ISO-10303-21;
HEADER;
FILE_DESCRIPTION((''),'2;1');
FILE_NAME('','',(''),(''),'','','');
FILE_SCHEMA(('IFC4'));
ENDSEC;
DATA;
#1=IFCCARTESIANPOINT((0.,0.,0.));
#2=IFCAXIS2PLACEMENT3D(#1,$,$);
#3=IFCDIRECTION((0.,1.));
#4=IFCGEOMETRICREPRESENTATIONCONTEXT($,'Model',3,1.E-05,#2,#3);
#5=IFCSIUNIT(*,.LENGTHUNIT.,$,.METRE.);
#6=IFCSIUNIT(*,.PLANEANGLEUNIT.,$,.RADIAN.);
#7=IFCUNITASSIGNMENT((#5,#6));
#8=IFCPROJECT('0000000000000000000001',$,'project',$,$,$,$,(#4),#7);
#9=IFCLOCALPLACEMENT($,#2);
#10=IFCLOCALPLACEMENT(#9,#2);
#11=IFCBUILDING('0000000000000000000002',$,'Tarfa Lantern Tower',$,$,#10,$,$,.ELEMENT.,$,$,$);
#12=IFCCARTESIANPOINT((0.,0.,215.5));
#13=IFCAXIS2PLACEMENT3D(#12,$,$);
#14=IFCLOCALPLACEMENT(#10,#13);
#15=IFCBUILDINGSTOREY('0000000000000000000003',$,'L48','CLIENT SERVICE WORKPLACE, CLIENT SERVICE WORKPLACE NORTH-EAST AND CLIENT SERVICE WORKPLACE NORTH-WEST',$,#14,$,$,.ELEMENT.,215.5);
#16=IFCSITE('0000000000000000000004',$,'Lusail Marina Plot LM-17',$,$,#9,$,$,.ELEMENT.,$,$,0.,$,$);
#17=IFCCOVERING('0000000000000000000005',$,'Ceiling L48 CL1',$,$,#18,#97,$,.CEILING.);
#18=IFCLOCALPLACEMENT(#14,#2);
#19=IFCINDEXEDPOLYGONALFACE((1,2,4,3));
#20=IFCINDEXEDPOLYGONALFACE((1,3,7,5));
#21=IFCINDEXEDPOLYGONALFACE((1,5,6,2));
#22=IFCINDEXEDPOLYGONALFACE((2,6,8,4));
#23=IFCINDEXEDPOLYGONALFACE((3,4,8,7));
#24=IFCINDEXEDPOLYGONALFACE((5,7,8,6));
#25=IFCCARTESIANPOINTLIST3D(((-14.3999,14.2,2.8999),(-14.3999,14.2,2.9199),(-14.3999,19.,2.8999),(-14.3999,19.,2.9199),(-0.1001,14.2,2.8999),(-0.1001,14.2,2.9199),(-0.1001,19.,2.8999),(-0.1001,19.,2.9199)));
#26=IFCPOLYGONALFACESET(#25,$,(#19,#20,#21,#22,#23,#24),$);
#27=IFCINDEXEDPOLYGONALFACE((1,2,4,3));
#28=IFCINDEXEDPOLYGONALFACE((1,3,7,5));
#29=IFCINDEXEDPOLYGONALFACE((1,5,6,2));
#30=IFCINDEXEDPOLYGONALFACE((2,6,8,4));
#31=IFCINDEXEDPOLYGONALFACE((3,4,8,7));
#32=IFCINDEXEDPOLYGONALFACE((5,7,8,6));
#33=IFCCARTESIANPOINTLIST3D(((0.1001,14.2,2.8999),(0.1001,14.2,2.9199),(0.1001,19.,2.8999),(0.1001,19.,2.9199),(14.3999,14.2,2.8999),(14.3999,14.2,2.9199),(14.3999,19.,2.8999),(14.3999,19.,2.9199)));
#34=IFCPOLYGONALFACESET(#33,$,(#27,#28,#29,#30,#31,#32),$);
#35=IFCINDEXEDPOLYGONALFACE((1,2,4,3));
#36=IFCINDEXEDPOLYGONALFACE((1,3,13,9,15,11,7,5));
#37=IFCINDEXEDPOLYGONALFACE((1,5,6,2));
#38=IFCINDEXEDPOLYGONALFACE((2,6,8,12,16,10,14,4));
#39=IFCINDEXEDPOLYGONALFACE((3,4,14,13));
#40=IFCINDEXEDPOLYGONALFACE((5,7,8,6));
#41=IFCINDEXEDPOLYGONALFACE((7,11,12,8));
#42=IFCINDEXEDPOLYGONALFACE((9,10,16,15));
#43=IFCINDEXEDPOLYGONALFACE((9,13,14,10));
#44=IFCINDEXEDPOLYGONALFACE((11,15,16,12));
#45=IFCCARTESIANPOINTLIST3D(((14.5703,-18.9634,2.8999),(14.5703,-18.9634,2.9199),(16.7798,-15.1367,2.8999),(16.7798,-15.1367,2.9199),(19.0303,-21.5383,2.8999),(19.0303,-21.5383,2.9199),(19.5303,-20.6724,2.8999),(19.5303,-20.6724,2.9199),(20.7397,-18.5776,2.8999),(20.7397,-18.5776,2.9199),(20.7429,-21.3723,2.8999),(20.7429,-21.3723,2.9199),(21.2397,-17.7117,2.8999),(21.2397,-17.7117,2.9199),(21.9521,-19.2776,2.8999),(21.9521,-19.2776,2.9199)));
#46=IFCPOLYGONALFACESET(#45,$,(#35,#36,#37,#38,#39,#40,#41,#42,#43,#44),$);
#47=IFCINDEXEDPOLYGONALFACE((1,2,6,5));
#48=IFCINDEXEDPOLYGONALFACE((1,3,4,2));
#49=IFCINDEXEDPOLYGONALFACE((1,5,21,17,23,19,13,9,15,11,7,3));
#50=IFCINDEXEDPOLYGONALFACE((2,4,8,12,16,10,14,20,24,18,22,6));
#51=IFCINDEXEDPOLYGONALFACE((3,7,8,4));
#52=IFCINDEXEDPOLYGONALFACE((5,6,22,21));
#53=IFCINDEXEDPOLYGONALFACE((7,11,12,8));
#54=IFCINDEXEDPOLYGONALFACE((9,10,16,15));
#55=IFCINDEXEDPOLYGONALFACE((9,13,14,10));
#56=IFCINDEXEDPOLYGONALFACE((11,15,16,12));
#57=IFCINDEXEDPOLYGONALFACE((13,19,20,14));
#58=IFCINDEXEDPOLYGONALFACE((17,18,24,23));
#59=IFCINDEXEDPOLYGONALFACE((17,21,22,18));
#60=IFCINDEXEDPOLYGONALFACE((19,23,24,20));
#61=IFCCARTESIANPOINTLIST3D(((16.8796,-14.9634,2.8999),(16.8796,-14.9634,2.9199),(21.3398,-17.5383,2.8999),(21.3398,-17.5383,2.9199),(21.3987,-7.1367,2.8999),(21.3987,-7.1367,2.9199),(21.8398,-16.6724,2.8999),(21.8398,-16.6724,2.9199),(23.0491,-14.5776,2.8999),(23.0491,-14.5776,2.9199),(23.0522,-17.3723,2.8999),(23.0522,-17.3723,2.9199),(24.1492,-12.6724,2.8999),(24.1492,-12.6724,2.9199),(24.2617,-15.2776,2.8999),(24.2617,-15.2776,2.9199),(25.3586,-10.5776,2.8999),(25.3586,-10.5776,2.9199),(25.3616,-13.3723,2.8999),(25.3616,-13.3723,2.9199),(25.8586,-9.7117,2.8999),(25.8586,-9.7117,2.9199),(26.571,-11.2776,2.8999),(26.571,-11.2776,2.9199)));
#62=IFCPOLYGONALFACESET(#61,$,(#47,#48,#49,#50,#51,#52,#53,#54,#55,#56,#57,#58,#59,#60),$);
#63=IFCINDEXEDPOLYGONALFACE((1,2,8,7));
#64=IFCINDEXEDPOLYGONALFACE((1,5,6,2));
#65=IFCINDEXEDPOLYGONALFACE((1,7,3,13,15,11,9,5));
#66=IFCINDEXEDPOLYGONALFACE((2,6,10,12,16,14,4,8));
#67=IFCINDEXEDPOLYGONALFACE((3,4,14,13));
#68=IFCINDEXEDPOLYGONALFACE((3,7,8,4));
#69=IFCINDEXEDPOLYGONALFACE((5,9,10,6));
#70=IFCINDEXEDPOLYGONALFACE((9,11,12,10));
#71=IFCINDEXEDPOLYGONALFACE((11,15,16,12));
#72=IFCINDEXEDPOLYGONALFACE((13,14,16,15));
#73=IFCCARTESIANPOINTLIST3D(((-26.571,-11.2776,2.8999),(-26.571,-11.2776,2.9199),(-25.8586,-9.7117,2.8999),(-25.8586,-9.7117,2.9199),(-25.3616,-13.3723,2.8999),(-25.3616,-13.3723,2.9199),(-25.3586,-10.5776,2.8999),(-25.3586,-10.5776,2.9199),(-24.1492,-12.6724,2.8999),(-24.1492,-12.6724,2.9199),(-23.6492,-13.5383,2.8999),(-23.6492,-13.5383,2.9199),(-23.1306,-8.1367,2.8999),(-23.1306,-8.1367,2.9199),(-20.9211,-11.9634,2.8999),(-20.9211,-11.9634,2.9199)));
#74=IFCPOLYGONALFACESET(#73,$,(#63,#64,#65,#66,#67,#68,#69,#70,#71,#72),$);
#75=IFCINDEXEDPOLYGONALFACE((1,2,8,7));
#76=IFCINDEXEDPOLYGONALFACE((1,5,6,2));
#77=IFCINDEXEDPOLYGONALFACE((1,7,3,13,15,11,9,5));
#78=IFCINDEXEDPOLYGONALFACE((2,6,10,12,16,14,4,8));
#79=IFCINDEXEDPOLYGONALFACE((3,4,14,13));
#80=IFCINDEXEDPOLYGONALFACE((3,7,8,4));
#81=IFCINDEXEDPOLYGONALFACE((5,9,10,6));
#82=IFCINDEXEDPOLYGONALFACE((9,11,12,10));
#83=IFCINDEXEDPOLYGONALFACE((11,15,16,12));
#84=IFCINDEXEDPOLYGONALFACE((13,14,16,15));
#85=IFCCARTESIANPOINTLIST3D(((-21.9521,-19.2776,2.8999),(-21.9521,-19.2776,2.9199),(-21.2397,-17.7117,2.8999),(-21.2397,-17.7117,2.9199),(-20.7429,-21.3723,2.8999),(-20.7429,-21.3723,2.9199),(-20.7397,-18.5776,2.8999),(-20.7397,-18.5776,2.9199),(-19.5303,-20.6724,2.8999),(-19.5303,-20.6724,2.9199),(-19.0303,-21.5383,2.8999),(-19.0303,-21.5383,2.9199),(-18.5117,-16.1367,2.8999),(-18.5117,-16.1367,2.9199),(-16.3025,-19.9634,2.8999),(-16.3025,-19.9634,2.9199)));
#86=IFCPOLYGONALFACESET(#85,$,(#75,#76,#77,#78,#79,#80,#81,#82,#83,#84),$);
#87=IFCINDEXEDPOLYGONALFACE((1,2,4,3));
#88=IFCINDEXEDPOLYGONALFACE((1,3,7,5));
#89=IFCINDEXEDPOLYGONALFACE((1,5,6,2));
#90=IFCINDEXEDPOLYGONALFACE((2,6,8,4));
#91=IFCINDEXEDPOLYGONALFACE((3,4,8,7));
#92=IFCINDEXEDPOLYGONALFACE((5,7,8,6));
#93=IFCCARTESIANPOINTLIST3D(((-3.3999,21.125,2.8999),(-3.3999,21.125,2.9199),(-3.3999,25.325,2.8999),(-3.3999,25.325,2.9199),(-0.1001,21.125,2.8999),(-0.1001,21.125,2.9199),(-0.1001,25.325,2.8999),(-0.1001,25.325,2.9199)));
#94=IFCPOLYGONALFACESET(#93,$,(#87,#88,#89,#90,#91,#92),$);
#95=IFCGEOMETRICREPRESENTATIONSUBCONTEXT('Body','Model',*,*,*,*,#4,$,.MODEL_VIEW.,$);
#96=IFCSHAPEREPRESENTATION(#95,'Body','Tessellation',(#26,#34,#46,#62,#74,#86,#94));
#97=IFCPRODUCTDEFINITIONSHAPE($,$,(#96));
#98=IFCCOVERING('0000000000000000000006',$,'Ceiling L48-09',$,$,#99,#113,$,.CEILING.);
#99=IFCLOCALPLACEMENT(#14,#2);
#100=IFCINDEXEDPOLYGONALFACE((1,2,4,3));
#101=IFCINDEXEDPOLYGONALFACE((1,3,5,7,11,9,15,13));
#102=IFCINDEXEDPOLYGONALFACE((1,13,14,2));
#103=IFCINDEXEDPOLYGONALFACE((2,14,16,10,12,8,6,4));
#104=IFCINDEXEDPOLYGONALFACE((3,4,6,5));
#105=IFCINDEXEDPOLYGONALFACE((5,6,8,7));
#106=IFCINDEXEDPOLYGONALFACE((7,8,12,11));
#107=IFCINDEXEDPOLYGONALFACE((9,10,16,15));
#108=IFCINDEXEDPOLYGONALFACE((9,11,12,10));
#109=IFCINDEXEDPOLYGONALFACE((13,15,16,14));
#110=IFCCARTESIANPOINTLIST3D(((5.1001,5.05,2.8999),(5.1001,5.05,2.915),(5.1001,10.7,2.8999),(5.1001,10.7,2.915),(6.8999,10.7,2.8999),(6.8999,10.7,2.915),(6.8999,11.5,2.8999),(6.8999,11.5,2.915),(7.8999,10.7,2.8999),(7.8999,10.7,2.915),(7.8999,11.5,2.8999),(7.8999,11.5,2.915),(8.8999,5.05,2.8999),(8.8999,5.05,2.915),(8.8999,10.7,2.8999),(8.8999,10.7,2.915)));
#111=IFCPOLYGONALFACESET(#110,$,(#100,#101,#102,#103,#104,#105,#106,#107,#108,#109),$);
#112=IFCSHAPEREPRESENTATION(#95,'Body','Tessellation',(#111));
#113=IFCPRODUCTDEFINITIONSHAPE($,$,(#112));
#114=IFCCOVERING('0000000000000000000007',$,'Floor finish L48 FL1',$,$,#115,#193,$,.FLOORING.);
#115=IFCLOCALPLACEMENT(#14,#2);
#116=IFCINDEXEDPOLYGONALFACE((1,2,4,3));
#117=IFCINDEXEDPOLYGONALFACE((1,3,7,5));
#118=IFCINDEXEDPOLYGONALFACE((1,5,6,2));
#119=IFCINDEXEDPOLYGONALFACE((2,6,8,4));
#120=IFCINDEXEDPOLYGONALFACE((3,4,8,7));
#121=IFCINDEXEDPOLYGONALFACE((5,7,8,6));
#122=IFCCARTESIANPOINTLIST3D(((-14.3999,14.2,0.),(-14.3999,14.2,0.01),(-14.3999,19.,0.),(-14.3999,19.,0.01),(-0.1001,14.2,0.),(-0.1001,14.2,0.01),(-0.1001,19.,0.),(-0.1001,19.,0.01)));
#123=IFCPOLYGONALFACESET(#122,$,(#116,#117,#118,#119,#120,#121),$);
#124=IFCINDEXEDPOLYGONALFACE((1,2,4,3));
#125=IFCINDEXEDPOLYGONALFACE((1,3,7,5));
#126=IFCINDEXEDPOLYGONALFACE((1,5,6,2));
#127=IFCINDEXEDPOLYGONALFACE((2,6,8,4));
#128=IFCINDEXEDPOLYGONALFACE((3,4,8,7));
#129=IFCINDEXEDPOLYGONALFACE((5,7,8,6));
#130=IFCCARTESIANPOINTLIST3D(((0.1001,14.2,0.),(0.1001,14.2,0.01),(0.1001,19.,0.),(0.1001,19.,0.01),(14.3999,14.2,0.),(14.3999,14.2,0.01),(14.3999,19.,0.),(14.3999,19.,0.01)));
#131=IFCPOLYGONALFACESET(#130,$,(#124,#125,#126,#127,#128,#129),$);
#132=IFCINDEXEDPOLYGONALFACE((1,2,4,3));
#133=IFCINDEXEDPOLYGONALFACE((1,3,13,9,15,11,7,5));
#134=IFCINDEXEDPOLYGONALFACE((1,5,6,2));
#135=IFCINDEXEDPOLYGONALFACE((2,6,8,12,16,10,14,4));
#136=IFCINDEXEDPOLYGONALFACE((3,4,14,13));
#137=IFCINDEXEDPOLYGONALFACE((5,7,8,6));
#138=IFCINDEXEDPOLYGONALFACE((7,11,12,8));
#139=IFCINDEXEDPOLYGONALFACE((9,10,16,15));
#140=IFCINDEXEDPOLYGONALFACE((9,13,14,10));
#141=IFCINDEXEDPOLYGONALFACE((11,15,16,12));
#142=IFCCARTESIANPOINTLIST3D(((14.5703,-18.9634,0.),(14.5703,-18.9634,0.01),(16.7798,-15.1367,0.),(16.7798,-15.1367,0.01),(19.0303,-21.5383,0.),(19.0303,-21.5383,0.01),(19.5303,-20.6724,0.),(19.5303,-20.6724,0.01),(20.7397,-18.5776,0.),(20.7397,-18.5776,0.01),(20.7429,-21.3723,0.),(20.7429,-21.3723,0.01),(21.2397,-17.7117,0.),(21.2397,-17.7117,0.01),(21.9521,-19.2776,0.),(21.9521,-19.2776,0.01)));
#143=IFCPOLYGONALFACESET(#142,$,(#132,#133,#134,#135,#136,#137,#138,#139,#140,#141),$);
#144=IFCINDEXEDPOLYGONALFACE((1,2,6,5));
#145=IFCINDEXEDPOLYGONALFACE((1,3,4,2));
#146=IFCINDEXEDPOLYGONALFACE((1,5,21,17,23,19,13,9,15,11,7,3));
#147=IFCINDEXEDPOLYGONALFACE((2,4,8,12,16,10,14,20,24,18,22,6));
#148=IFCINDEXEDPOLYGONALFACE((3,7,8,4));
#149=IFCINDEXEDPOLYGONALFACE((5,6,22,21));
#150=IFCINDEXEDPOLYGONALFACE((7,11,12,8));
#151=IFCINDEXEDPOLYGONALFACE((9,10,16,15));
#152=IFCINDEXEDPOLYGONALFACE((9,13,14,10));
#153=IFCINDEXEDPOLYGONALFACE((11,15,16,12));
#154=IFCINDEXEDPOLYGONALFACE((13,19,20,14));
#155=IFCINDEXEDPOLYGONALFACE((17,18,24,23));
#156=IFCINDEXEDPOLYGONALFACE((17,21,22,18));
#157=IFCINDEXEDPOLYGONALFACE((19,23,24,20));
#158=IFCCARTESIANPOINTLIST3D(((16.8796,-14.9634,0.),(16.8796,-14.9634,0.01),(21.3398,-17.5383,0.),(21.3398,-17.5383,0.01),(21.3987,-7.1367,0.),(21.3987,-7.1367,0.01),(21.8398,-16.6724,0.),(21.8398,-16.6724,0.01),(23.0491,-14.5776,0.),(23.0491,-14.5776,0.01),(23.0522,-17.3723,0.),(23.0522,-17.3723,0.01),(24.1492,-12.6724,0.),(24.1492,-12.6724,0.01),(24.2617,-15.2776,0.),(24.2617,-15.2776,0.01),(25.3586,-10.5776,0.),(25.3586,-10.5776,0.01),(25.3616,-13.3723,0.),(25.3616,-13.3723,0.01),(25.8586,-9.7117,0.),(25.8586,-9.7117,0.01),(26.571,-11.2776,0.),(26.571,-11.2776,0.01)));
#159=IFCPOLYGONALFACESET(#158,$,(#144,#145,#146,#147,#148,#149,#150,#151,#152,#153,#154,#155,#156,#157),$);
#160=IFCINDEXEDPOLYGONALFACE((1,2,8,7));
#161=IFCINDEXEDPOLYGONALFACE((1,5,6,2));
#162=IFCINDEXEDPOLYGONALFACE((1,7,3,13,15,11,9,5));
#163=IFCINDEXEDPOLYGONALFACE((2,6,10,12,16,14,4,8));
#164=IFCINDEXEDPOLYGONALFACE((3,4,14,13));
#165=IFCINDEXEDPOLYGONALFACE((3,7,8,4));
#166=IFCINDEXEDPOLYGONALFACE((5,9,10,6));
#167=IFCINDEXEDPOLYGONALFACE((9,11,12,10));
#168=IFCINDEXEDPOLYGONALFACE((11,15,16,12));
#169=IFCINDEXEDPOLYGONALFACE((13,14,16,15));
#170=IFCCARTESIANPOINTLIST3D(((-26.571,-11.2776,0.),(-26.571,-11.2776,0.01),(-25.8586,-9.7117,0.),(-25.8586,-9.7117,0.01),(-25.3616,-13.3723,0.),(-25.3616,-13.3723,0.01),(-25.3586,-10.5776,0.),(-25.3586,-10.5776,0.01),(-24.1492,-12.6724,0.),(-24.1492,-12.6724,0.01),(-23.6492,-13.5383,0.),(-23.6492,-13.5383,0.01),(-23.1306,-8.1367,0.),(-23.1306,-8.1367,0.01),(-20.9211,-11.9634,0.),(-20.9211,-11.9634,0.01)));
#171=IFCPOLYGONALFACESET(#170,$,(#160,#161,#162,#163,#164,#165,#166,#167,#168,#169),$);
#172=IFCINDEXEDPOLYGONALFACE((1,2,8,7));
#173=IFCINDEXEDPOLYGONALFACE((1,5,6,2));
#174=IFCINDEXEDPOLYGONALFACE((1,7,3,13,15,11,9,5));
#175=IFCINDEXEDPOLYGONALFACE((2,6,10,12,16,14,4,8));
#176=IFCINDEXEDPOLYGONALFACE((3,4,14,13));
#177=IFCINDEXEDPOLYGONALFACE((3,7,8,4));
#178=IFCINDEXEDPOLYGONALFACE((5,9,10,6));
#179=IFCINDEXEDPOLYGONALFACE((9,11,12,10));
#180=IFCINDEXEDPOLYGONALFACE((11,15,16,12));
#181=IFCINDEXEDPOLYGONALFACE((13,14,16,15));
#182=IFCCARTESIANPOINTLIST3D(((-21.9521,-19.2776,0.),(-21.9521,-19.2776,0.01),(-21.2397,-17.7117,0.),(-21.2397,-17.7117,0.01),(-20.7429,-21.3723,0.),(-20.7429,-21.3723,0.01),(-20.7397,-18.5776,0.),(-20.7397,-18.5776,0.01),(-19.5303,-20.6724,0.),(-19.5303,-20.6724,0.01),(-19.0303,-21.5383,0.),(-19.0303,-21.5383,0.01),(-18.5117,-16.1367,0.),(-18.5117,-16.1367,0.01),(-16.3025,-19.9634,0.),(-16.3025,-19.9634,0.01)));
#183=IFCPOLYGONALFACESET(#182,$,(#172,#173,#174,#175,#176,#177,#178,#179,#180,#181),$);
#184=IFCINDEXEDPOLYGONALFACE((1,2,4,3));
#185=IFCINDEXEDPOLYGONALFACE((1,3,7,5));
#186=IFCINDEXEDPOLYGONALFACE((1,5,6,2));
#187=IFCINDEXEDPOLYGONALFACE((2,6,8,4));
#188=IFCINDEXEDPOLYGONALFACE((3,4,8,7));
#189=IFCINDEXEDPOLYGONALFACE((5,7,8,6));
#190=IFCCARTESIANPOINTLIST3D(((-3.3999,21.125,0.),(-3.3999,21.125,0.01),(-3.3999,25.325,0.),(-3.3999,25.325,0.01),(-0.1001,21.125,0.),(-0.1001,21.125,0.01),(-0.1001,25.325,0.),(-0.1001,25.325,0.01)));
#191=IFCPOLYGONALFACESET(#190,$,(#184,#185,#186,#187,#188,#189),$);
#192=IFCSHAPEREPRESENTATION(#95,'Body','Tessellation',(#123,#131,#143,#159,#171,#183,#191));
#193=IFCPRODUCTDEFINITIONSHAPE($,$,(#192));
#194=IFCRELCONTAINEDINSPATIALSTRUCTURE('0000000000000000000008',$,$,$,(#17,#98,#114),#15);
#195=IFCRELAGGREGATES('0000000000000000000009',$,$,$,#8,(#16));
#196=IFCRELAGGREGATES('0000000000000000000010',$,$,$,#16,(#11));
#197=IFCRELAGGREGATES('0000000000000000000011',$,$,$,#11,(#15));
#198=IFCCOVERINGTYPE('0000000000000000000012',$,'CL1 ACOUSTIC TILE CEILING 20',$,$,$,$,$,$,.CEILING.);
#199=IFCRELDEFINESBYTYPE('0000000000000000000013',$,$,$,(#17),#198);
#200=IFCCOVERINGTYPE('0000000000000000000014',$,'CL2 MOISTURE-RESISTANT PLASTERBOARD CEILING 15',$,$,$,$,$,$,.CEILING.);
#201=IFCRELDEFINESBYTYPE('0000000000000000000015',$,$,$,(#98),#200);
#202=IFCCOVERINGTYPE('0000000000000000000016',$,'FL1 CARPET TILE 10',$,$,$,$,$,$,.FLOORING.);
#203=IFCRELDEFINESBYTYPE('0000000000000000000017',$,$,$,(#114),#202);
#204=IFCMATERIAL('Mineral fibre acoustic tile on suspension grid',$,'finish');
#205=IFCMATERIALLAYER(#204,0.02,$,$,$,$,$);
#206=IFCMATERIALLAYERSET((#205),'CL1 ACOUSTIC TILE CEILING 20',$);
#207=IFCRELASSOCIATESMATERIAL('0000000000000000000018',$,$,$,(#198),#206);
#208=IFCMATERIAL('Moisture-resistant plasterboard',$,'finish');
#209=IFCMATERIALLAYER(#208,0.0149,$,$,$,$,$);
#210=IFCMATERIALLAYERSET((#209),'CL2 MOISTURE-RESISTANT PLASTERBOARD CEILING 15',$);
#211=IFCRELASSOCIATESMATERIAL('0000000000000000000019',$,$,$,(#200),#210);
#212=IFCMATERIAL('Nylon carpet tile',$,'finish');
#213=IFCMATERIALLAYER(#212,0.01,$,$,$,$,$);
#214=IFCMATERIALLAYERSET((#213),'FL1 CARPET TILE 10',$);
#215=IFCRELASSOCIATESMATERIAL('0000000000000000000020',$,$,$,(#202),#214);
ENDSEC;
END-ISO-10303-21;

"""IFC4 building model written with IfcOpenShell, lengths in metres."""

from ifc_helpers import new_model, si_unit, direction, frame, origin, place, context, subcontext, project, spatial, polyline, outline, extrude, material, layer, layer_set, type_object, element, save


model = new_model("IFC4")

# Units and contexts
model_context = context("Model", 3, precision=1e-05, world=origin(), true_north=direction((0.0, 1.0)))
body_context = subcontext(model_context, "Body", "Model", "MODEL_VIEW")
ifc_project = project(units=[si_unit("LENGTHUNIT", "METRE"), si_unit("PLANEANGLEUNIT", "RADIAN")], contexts=[model_context])

# Site, building, storey
site_placement = place(None, origin())
site = spatial("IfcSite", under=ifc_project, at=site_placement, Name="Lusail Marina Plot LM-17", CompositionType="ELEMENT", RefElevation=0.0)
building_placement = place(site_placement, origin())
building = spatial("IfcBuilding", under=site, at=building_placement, Name="Tarfa Lantern Tower", CompositionType="ELEMENT")
storey_placement = place(building_placement, frame((0.0, 0.0, 215.5)))
storey = spatial("IfcBuildingStorey", under=building, at=storey_placement, Name="L48", Description="CLIENT SERVICE WORKPLACE, CLIENT SERVICE WORKPLACE NORTH-EAST AND CLIENT SERVICE WORKPLACE NORTH-WEST", CompositionType="ELEMENT", Elevation=215.5)

# Coverings
ifc_material_1 = material(Name="Mineral fibre acoustic tile on suspension grid", Category="finish")
ifc_layer_1 = layer(ifc_material_1, 0.02)
ifc_layer_set_1 = layer_set([ifc_layer_1], Name="CL1 ACOUSTIC TILE CEILING 20")
covering_type_1 = type_object("IfcCoveringType", Name="CL1 ACOUSTIC TILE CEILING 20", PredefinedType="CEILING", material=ifc_layer_set_1)
covering_1_placement = place(storey_placement, frame((0.0, 0.0, 2.8999)))
element("IfcCovering", 1, at=covering_1_placement, inside=storey, type_object=covering_type_1, Name="Ceiling L48 CL1", PredefinedType="CEILING", context=body_context, shape_type="SweptSolid", body=[
    extrude(outline(polyline([(-14.3999, 19.0), (-0.1001, 19.0), (-0.1001, 14.2), (-14.3999, 14.2), (-14.3999, 19.0)])), origin(), (0.0, 0.0, 1.0), 0.02),
    extrude(outline(polyline([(0.1001, 19.0), (14.3999, 19.0), (14.3999, 14.2), (0.1001, 14.2), (0.1001, 19.0)])), origin(), (0.0, 0.0, 1.0), 0.02),
    extrude(outline(polyline([(16.7798, -15.1367), (21.2397, -17.7117), (20.7397, -18.5776), (21.9521, -19.2776), (20.7429, -21.3723), (19.5303, -20.6724), (19.0303, -21.5383), (14.5703, -18.9634), (16.7798, -15.1367)])), origin(), (0.0, 0.0, 1.0), 0.02),
    extrude(outline(polyline([(21.3987, -7.1367), (25.8586, -9.7117), (25.3586, -10.5776), (26.571, -11.2776), (25.3616, -13.3723), (24.1492, -12.6724), (23.0491, -14.5776), (24.2617, -15.2776), (23.0522, -17.3723), (21.8398, -16.6724), (21.3398, -17.5383), (16.8796, -14.9634), (21.3987, -7.1367)])), origin(), (0.0, 0.0, 1.0), 0.02),
    extrude(outline(polyline([(-20.9211, -11.9634), (-23.6492, -13.5383), (-24.1492, -12.6724), (-25.3616, -13.3723), (-26.571, -11.2776), (-25.3586, -10.5776), (-25.8586, -9.7117), (-23.1306, -8.1367), (-20.9211, -11.9634)])), origin(), (0.0, 0.0, 1.0), 0.02),
    extrude(outline(polyline([(-16.3025, -19.9634), (-19.0303, -21.5383), (-19.5303, -20.6724), (-20.7429, -21.3723), (-21.9521, -19.2776), (-20.7397, -18.5776), (-21.2397, -17.7117), (-18.5117, -16.1367), (-16.3025, -19.9634)])), origin(), (0.0, 0.0, 1.0), 0.02),
    extrude(outline(polyline([(-3.3999, 25.325), (-0.1001, 25.325), (-0.1001, 21.125), (-3.3999, 21.125), (-3.3999, 25.325)])), origin(), (0.0, 0.0, 1.0), 0.02),
])
ifc_material_2 = material(Name="Moisture-resistant plasterboard", Category="finish")
ifc_layer_2 = layer(ifc_material_2, 0.0149)
ifc_layer_set_2 = layer_set([ifc_layer_2], Name="CL2 MOISTURE-RESISTANT PLASTERBOARD CEILING 15")
covering_type_2 = type_object("IfcCoveringType", Name="CL2 MOISTURE-RESISTANT PLASTERBOARD CEILING 15", PredefinedType="CEILING", material=ifc_layer_set_2)
covering_2_placement = place(storey_placement, frame((0.0, 0.0, 2.8999)))
element("IfcCovering", 2, at=covering_2_placement, inside=storey, type_object=covering_type_2, Name="Ceiling L48-09", PredefinedType="CEILING", context=body_context, shape_type="SweptSolid", body=[
    extrude(outline(polyline([(5.1001, 5.05), (8.8999, 5.05), (8.8999, 10.7), (7.8999, 10.7), (7.8999, 11.5), (6.8999, 11.5), (6.8999, 10.7), (5.1001, 10.7), (5.1001, 5.05)])), origin(), (0.0, 0.0, 1.0), 0.0151),
])
ifc_material_3 = material(Name="Nylon carpet tile", Category="finish")
ifc_layer_3 = layer(ifc_material_3, 0.01)
ifc_layer_set_3 = layer_set([ifc_layer_3], Name="FL1 CARPET TILE 10")
covering_type_3 = type_object("IfcCoveringType", Name="FL1 CARPET TILE 10", PredefinedType="FLOORING", material=ifc_layer_set_3)
covering_3_placement = place(storey_placement, origin())
element("IfcCovering", 3, at=covering_3_placement, inside=storey, type_object=covering_type_3, Name="Floor finish L48 FL1", PredefinedType="FLOORING", context=body_context, shape_type="SweptSolid", body=[
    extrude(outline(polyline([(-14.3999, 19.0), (-0.1001, 19.0), (-0.1001, 14.2), (-14.3999, 14.2), (-14.3999, 19.0)])), origin(), (0.0, 0.0, 1.0), 0.01),
    extrude(outline(polyline([(0.1001, 19.0), (14.3999, 19.0), (14.3999, 14.2), (0.1001, 14.2), (0.1001, 19.0)])), origin(), (0.0, 0.0, 1.0), 0.01),
    extrude(outline(polyline([(16.7798, -15.1367), (21.2397, -17.7117), (20.7397, -18.5776), (21.9521, -19.2776), (20.7429, -21.3723), (19.5303, -20.6724), (19.0303, -21.5383), (14.5703, -18.9634), (16.7798, -15.1367)])), origin(), (0.0, 0.0, 1.0), 0.01),
    extrude(outline(polyline([(21.3987, -7.1367), (25.8586, -9.7117), (25.3586, -10.5776), (26.571, -11.2776), (25.3616, -13.3723), (24.1492, -12.6724), (23.0491, -14.5776), (24.2617, -15.2776), (23.0522, -17.3723), (21.8398, -16.6724), (21.3398, -17.5383), (16.8796, -14.9634), (21.3987, -7.1367)])), origin(), (0.0, 0.0, 1.0), 0.01),
    extrude(outline(polyline([(-20.9211, -11.9634), (-23.6492, -13.5383), (-24.1492, -12.6724), (-25.3616, -13.3723), (-26.571, -11.2776), (-25.3586, -10.5776), (-25.8586, -9.7117), (-23.1306, -8.1367), (-20.9211, -11.9634)])), origin(), (0.0, 0.0, 1.0), 0.01),
    extrude(outline(polyline([(-16.3025, -19.9634), (-19.0303, -21.5383), (-19.5303, -20.6724), (-20.7429, -21.3723), (-21.9521, -19.2776), (-20.7397, -18.5776), (-21.2397, -17.7117), (-18.5117, -16.1367), (-16.3025, -19.9634)])), origin(), (0.0, 0.0, 1.0), 0.01),
    extrude(outline(polyline([(-3.3999, 25.325), (-0.1001, 25.325), (-0.1001, 21.125), (-3.3999, 21.125), (-3.3999, 25.325)])), origin(), (0.0, 0.0, 1.0), 0.01),
])

save(model, "model.ifc")
